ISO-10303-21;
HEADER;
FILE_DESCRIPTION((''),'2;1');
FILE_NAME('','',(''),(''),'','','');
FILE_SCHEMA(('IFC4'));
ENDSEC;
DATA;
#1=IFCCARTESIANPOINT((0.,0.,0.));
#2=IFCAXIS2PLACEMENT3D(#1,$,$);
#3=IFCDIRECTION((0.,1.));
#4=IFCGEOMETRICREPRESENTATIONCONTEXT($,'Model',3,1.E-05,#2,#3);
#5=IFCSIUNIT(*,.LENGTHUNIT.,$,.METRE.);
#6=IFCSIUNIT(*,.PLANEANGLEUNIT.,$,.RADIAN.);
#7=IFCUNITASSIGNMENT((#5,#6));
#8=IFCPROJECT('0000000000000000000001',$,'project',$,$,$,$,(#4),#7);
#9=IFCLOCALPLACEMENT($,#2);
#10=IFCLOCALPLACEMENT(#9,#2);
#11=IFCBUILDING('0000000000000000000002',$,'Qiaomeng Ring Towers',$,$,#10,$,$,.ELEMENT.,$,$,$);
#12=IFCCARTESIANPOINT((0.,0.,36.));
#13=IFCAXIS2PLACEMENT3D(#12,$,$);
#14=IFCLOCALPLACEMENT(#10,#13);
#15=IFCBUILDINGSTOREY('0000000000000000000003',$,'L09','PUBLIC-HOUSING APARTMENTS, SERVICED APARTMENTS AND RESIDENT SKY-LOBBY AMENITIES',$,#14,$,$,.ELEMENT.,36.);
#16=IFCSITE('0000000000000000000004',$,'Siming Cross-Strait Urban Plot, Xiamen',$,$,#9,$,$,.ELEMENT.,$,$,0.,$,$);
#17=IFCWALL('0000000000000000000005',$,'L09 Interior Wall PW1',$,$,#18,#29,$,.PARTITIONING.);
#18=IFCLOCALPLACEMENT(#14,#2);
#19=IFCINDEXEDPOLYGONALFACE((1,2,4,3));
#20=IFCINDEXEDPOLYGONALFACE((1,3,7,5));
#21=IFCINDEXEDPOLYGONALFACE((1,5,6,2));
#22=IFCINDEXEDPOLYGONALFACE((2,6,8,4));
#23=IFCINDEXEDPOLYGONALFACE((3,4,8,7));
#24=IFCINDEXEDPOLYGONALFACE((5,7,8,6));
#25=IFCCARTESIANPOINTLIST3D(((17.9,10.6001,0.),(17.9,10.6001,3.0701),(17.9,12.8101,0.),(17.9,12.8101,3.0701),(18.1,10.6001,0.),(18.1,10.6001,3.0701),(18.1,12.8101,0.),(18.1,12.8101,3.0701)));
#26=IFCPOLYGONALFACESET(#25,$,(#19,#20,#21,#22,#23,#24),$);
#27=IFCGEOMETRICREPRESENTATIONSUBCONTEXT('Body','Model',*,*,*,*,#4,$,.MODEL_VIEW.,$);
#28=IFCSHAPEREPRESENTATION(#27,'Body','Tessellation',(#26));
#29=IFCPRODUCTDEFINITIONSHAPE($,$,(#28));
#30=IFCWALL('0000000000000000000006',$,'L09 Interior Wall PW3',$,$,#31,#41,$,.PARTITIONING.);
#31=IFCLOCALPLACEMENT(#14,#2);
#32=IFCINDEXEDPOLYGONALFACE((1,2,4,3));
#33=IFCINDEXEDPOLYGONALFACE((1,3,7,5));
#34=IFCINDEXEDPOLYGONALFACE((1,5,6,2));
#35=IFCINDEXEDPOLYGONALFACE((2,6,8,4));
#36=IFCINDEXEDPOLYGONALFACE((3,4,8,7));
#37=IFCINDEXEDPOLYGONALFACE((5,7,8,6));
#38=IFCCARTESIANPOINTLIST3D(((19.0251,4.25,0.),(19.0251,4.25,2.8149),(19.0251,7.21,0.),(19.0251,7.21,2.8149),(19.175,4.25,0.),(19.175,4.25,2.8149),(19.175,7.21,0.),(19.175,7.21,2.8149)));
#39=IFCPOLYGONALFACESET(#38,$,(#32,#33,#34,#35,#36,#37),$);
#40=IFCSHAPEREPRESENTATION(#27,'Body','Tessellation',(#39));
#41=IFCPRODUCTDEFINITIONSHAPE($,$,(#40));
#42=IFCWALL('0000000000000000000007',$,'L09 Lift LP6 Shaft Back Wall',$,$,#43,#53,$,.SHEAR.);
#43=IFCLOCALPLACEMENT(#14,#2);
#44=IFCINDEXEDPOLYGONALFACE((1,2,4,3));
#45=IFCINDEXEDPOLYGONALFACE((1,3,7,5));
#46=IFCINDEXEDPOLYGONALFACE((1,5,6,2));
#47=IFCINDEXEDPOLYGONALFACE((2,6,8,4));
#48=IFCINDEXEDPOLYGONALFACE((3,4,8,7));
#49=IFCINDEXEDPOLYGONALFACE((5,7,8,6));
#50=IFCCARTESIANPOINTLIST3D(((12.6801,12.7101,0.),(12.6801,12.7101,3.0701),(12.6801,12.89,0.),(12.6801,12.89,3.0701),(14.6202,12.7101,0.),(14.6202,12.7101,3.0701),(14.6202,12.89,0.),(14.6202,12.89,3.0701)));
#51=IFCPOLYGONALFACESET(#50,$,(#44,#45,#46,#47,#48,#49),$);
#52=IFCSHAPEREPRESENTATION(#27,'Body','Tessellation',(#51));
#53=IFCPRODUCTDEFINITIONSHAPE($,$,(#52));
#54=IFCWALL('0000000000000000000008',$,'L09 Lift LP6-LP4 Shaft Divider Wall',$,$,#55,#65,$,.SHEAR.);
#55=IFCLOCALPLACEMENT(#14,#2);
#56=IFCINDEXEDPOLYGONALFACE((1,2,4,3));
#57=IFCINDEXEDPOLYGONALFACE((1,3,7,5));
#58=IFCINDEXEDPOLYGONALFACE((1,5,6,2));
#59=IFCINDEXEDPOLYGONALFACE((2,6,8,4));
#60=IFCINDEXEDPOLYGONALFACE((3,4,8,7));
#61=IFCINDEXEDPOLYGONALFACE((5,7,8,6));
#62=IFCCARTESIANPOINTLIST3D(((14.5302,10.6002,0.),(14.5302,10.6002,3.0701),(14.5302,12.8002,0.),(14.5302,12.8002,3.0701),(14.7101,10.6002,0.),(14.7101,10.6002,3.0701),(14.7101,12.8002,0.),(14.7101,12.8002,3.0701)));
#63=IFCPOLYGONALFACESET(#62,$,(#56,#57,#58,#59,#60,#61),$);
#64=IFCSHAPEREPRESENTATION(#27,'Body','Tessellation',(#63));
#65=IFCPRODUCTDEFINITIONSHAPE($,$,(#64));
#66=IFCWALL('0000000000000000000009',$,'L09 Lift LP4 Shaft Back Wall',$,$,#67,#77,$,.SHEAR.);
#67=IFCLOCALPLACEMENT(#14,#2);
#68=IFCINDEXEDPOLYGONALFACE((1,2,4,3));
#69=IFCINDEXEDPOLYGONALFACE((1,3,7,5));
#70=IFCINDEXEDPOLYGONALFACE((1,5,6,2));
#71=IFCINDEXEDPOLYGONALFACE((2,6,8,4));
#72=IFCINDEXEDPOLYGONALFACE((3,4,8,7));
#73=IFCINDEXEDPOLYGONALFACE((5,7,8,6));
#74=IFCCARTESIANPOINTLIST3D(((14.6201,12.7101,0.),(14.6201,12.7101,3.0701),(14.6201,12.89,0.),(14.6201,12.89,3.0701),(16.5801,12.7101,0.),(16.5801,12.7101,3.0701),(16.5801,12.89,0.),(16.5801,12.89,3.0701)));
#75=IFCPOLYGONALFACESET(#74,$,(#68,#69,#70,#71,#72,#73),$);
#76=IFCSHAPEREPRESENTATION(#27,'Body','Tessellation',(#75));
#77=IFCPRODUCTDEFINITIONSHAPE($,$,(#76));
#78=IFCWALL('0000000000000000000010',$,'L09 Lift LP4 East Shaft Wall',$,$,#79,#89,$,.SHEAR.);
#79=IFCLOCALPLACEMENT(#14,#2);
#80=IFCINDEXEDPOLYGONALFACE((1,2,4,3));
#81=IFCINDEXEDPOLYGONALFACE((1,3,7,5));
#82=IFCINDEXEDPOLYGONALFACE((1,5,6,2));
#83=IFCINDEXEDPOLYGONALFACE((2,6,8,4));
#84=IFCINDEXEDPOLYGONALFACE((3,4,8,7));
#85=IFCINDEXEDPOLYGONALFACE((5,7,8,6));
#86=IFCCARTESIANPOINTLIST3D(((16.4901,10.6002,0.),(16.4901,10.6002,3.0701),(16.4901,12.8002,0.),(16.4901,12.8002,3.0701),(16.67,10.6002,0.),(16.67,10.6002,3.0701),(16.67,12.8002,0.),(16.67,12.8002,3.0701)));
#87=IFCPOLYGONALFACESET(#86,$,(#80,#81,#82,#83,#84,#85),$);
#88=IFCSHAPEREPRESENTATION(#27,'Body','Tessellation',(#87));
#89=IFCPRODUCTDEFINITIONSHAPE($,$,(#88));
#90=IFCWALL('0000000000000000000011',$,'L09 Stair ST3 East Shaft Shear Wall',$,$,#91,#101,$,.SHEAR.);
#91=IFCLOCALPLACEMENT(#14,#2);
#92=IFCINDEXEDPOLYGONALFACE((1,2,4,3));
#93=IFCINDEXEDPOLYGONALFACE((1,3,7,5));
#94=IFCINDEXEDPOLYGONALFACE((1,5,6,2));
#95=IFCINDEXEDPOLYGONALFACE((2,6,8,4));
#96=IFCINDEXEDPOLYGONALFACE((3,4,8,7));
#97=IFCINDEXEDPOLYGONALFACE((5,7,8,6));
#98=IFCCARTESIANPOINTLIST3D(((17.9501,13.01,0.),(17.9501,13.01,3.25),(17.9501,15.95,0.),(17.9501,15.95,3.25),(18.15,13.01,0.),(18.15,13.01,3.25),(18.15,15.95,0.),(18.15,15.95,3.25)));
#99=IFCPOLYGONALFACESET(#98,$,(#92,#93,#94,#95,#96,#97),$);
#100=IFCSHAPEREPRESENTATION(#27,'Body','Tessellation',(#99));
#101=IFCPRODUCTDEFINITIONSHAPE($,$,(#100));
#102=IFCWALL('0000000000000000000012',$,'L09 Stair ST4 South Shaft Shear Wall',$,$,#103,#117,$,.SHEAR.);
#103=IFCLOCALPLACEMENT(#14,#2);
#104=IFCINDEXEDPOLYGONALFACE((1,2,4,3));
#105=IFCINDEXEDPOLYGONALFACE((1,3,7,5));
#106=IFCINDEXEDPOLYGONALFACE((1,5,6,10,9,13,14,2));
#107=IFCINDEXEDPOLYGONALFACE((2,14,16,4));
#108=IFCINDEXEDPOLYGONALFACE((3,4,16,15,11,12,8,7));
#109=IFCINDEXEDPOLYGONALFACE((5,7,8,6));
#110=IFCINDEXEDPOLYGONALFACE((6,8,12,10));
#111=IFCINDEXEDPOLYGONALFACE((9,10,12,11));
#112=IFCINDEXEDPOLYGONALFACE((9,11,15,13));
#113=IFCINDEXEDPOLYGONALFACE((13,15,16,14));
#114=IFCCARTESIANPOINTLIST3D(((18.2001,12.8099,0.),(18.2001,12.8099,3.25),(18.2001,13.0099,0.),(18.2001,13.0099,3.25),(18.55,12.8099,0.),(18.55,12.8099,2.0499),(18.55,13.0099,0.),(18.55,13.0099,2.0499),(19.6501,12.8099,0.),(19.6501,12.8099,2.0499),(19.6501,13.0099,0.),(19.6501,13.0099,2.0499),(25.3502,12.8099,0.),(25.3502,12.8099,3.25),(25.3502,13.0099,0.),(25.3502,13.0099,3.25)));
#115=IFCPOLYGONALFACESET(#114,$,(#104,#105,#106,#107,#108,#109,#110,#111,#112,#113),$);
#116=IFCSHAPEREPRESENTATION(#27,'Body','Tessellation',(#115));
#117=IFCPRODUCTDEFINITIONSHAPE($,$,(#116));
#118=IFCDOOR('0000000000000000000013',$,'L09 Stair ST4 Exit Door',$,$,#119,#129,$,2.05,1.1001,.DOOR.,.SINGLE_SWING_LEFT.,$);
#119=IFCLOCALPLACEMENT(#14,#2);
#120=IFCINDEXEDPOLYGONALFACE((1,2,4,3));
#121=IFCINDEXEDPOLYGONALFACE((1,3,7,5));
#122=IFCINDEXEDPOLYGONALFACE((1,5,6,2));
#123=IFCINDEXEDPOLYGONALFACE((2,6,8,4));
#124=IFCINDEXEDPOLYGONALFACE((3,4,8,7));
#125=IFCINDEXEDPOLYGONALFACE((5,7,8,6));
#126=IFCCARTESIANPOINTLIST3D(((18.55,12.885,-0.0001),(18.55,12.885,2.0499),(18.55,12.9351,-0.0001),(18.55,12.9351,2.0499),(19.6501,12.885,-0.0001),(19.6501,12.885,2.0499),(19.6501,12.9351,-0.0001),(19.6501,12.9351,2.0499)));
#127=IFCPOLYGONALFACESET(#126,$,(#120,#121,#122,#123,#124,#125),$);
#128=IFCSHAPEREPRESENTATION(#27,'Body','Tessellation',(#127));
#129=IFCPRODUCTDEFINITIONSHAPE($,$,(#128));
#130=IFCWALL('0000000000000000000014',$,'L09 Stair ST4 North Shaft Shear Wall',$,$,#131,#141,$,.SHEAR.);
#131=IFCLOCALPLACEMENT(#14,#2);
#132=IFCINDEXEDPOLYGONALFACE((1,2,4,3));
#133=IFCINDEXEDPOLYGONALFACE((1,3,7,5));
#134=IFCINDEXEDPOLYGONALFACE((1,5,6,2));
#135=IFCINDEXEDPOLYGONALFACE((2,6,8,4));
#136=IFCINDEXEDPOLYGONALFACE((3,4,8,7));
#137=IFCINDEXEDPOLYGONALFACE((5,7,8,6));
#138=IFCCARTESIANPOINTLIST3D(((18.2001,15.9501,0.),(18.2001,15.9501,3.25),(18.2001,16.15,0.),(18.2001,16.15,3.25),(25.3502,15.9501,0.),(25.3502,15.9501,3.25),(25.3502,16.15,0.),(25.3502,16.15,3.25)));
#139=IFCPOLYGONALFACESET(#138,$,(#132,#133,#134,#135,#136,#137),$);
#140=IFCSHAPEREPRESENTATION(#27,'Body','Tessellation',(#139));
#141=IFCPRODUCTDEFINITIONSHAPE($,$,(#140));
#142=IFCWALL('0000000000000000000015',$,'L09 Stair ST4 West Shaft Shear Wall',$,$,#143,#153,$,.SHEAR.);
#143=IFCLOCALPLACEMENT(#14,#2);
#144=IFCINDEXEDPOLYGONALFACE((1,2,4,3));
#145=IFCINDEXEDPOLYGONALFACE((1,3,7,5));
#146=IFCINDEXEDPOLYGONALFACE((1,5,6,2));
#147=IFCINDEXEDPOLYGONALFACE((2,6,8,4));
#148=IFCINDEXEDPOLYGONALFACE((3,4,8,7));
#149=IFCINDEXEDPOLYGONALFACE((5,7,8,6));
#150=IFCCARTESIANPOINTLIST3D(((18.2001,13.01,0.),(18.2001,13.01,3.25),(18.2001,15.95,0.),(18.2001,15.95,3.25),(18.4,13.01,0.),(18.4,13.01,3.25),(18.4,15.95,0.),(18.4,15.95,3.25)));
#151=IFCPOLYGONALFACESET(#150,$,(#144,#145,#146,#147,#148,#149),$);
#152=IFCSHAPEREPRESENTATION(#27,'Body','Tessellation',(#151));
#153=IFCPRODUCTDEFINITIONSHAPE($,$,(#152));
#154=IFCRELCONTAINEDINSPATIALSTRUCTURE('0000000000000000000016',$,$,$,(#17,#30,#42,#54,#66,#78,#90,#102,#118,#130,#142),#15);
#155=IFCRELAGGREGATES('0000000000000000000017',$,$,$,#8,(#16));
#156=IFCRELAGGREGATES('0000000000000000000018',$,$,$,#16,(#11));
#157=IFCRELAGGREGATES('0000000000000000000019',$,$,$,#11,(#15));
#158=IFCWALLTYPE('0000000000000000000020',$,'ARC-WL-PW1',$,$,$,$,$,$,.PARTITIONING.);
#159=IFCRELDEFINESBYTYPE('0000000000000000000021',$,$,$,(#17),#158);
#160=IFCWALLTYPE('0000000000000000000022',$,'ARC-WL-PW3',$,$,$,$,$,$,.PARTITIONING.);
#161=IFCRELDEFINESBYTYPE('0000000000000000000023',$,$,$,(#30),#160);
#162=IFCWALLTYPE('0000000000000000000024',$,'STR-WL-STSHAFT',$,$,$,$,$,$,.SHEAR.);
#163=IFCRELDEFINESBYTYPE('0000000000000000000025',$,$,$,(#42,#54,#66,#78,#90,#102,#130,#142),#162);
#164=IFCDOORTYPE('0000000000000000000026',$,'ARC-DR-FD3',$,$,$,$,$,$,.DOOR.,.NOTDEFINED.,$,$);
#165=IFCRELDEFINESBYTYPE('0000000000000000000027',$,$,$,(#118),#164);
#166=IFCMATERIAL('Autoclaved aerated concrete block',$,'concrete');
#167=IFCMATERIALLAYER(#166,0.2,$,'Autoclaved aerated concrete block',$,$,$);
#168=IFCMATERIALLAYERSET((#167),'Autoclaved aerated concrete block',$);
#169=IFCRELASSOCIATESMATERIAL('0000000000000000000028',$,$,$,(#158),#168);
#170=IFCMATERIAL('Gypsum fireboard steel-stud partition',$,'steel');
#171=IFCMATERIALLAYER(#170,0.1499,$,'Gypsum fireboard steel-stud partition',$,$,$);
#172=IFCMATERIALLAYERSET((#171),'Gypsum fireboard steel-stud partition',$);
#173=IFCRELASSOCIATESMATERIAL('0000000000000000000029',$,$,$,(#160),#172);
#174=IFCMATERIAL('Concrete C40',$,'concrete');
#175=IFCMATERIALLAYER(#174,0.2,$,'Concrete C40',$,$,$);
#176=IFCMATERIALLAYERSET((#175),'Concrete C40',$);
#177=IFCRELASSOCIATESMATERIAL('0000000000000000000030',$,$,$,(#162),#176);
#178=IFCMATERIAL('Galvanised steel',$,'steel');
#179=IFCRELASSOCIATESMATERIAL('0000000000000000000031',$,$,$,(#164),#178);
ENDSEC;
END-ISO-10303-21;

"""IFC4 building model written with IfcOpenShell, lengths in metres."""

from ifc_helpers import new_model, si_unit, direction, frame, frame_2d, origin, place, context, subcontext, project, spatial, rectangle, extrude, source, transform, mapped, material, layer, layer_set, type_object, element, fill, save


model = new_model("IFC4")

# Units and contexts
model_context = context("Model", 3, precision=1e-05, world=origin(), true_north=direction((0.0, 1.0)))
body_context = subcontext(model_context, "Body", "Model", "MODEL_VIEW")
ifc_project = project(units=[si_unit("LENGTHUNIT", "METRE"), si_unit("PLANEANGLEUNIT", "RADIAN")], contexts=[model_context])

# Site, building, storey
site_placement = place(None, origin())
site = spatial("IfcSite", under=ifc_project, at=site_placement, Name="Siming Cross-Strait Urban Plot, Xiamen", CompositionType="ELEMENT", RefElevation=0.0)
building_placement = place(site_placement, origin())
building = spatial("IfcBuilding", under=site, at=building_placement, Name="Qiaomeng Ring Towers", CompositionType="ELEMENT")
storey_placement = place(building_placement, frame((0.0, 0.0, 36.0)))
storey = spatial("IfcBuildingStorey", under=building, at=storey_placement, Name="L09", Description="PUBLIC-HOUSING APARTMENTS, SERVICED APARTMENTS AND RESIDENT SKY-LOBBY AMENITIES", CompositionType="ELEMENT", Elevation=36.0)

# Walls
ifc_material_1 = material(Name="Autoclaved aerated concrete block", Category="concrete")
ifc_layer_1 = layer(ifc_material_1, 0.2, Name="Autoclaved aerated concrete block")
ifc_layer_set_1 = layer_set([ifc_layer_1], Name="Autoclaved aerated concrete block")
wall_type_1 = type_object("IfcWallType", Name="ARC-WL-PW1", PredefinedType="PARTITIONING", material=ifc_layer_set_1)
wall_1_placement = place(storey_placement, frame((18.0, 10.6001, 0.0), z_axis=(0.0, 0.0, 1.0), x_axis=(0.0, 1.0, 0.0)))
element("IfcWall", 1, at=wall_1_placement, inside=storey, type_object=wall_type_1, Name="L09 Interior Wall PW1", PredefinedType="PARTITIONING", context=body_context, shape_type="SweptSolid", body=[
    extrude(rectangle(XDim=2.21, YDim=0.2, at=frame_2d((1.105, 0.0))), origin(), (0.0, 0.0, 1.0), 3.0701),
])
ifc_material_2 = material(Name="Gypsum fireboard steel-stud partition", Category="steel")
ifc_layer_2 = layer(ifc_material_2, 0.1499, Name="Gypsum fireboard steel-stud partition")
ifc_layer_set_2 = layer_set([ifc_layer_2], Name="Gypsum fireboard steel-stud partition")
wall_type_2 = type_object("IfcWallType", Name="ARC-WL-PW3", PredefinedType="PARTITIONING", material=ifc_layer_set_2)
wall_2_placement = place(storey_placement, frame((19.1001, 4.25, 0.0), z_axis=(0.0, 0.0, 1.0), x_axis=(0.0, 1.0, 0.0)))
element("IfcWall", 2, at=wall_2_placement, inside=storey, type_object=wall_type_2, Name="L09 Interior Wall PW3", PredefinedType="PARTITIONING", context=body_context, shape_type="SweptSolid", body=[
    extrude(rectangle(XDim=2.96, YDim=0.1499, at=frame_2d((1.48, 0.0))), origin(), (0.0, 0.0, 1.0), 2.8149),
])
ifc_material_3 = material(Name="Concrete C40", Category="concrete")
ifc_layer_3 = layer(ifc_material_3, 0.2, Name="Concrete C40")
ifc_layer_set_3 = layer_set([ifc_layer_3], Name="Concrete C40")
wall_type_3 = type_object("IfcWallType", Name="STR-WL-STSHAFT", PredefinedType="SHEAR", material=ifc_layer_set_3)
wall_3_placement = place(storey_placement, frame((12.6799, 12.8, 0.0), z_axis=(0.0, 0.0, 1.0), x_axis=(1.0, 0.0, 0.0)))
element("IfcWall", 3, at=wall_3_placement, inside=storey, type_object=wall_type_3, Name="L09 Lift LP6 Shaft Back Wall", PredefinedType="SHEAR", context=body_context, shape_type="SweptSolid", body=[
    extrude(rectangle(XDim=1.9402, YDim=0.1799, at=frame_2d((0.9702, 0.0))), origin(), (0.0, 0.0, 1.0), 3.0701),
])
wall_4_placement = place(storey_placement, frame((14.6201, 10.6001, 0.0), z_axis=(0.0, 0.0, 1.0), x_axis=(0.0, 1.0, 0.0)))
element("IfcWall", 4, at=wall_4_placement, inside=storey, type_object=wall_type_3, Name="L09 Lift LP6-LP4 Shaft Divider Wall", PredefinedType="SHEAR", context=body_context, shape_type="SweptSolid", body=[
    extrude(rectangle(XDim=2.2, YDim=0.1799, at=frame_2d((1.1001, 0.0))), origin(), (0.0, 0.0, 1.0), 3.0701),
])
wall_5_placement = place(storey_placement, frame((14.6201, 12.8, 0.0), z_axis=(0.0, 0.0, 1.0), x_axis=(1.0, 0.0, 0.0)))
element("IfcWall", 5, at=wall_5_placement, inside=storey, type_object=wall_type_3, Name="L09 Lift LP4 Shaft Back Wall", PredefinedType="SHEAR", context=body_context, shape_type="SweptSolid", body=[
    extrude(rectangle(XDim=1.96, YDim=0.1799, at=frame_2d((0.98, 0.0))), origin(), (0.0, 0.0, 1.0), 3.0701),
])
wall_6_placement = place(storey_placement, frame((16.5801, 10.6001, 0.0), z_axis=(0.0, 0.0, 1.0), x_axis=(0.0, 1.0, 0.0)))
element("IfcWall", 6, at=wall_6_placement, inside=storey, type_object=wall_type_3, Name="L09 Lift LP4 East Shaft Wall", PredefinedType="SHEAR", context=body_context, shape_type="SweptSolid", body=[
    extrude(rectangle(XDim=2.2, YDim=0.1799, at=frame_2d((1.1001, 0.0))), origin(), (0.0, 0.0, 1.0), 3.0701),
])
wall_7_placement = place(storey_placement, frame((18.05, 13.01, 0.0), z_axis=(0.0, 0.0, 1.0), x_axis=(0.0, 1.0, 0.0)))
element("IfcWall", 7, at=wall_7_placement, inside=storey, type_object=wall_type_3, Name="L09 Stair ST3 East Shaft Shear Wall", PredefinedType="SHEAR", context=body_context, shape_type="SweptSolid", body=[
    extrude(rectangle(XDim=2.9399, YDim=0.2, at=frame_2d((1.47, 0.0))), origin(), (0.0, 0.0, 1.0), 3.25),
])

# Wall, opening, door
wall_8_placement = place(storey_placement, frame((18.2, 12.9099, 0.0), z_axis=(0.0, 0.0, 1.0), x_axis=(1.0, 0.0, 0.0)))
wall_8 = element("IfcWall", 8, at=wall_8_placement, inside=storey, type_object=wall_type_3, Name="L09 Stair ST4 South Shaft Shear Wall", PredefinedType="SHEAR", context=body_context, shape_type="SweptSolid", body=[
    extrude(rectangle(XDim=7.1501, YDim=0.2, at=frame_2d((3.5752, 0.0))), origin(), (0.0, 0.0, 1.0), 3.25),
])
opening_placement = place(wall_8_placement, frame((0.3501, 0.0, 0.0)))
opening = element("IfcOpeningElement", 9, at=opening_placement, cuts=wall_8, PredefinedType="OPENING", context=body_context, shape_type="SweptSolid", body=[
    extrude(rectangle(XDim=1.1001, YDim=2.05, at=frame_2d((0.55, 1.0249))), frame((0.0, 0.1099, 0.0), z_axis=(0.0, -1.0, 0.0), x_axis=(1.0, 0.0, 0.0)), (0.0, 0.0, 1.0), 0.22),
])
ifc_material_4 = material(Name="Galvanised steel", Category="steel")
door_type = type_object("IfcDoorType", Name="ARC-DR-FD3", OperationType="NOTDEFINED", PredefinedType="DOOR", material=ifc_material_4)
shared_shape_1 = source(origin(), body_context, "Body", "SweptSolid", [
    extrude(rectangle(XDim=1.1001, YDim=2.05, at=frame_2d((0.55, 1.0249))), frame((0.0, 0.0249, 0.0), z_axis=(0.0, -1.0, 0.0), x_axis=(1.0, 0.0, 0.0)), (0.0, 0.0, 1.0), 0.05),
])
door_placement = place(opening_placement, frame((1.1001, 0.0, 0.0), z_axis=(0.0, 0.0, 1.0), x_axis=(-1.0, 0.0, 0.0)))
door = element("IfcDoor", 10, at=door_placement, inside=storey, type_object=door_type, Name="L09 Stair ST4 Exit Door", OperationType="SINGLE_SWING_LEFT", OverallHeight=2.05, OverallWidth=1.1001, PredefinedType="DOOR", context=body_context, shape_type="MappedRepresentation", body=[
    mapped(shared_shape_1, transform((0.0, 0.0, 0.0), x_axis=(1.0, 0.0, 0.0), y_axis=(0.0, 1.0, 0.0), z_axis=(0.0, 0.0, 1.0), scale=1.0)),
])
fill(opening, door)

# Walls
wall_9_placement = place(storey_placement, frame((18.2, 16.05, 0.0), z_axis=(0.0, 0.0, 1.0), x_axis=(1.0, 0.0, 0.0)))
element("IfcWall", 11, at=wall_9_placement, inside=storey, type_object=wall_type_3, Name="L09 Stair ST4 North Shaft Shear Wall", PredefinedType="SHEAR", context=body_context, shape_type="SweptSolid", body=[
    extrude(rectangle(XDim=7.1501, YDim=0.2, at=frame_2d((3.5752, 0.0))), origin(), (0.0, 0.0, 1.0), 3.25),
])
wall_10_placement = place(storey_placement, frame((18.3, 13.01, 0.0), z_axis=(0.0, 0.0, 1.0), x_axis=(0.0, 1.0, 0.0)))
element("IfcWall", 12, at=wall_10_placement, inside=storey, type_object=wall_type_3, Name="L09 Stair ST4 West Shaft Shear Wall", PredefinedType="SHEAR", context=body_context, shape_type="SweptSolid", body=[
    extrude(rectangle(XDim=2.9399, YDim=0.2, at=frame_2d((1.47, 0.0))), origin(), (0.0, 0.0, 1.0), 3.25),
])

save(model, "model.ifc")
